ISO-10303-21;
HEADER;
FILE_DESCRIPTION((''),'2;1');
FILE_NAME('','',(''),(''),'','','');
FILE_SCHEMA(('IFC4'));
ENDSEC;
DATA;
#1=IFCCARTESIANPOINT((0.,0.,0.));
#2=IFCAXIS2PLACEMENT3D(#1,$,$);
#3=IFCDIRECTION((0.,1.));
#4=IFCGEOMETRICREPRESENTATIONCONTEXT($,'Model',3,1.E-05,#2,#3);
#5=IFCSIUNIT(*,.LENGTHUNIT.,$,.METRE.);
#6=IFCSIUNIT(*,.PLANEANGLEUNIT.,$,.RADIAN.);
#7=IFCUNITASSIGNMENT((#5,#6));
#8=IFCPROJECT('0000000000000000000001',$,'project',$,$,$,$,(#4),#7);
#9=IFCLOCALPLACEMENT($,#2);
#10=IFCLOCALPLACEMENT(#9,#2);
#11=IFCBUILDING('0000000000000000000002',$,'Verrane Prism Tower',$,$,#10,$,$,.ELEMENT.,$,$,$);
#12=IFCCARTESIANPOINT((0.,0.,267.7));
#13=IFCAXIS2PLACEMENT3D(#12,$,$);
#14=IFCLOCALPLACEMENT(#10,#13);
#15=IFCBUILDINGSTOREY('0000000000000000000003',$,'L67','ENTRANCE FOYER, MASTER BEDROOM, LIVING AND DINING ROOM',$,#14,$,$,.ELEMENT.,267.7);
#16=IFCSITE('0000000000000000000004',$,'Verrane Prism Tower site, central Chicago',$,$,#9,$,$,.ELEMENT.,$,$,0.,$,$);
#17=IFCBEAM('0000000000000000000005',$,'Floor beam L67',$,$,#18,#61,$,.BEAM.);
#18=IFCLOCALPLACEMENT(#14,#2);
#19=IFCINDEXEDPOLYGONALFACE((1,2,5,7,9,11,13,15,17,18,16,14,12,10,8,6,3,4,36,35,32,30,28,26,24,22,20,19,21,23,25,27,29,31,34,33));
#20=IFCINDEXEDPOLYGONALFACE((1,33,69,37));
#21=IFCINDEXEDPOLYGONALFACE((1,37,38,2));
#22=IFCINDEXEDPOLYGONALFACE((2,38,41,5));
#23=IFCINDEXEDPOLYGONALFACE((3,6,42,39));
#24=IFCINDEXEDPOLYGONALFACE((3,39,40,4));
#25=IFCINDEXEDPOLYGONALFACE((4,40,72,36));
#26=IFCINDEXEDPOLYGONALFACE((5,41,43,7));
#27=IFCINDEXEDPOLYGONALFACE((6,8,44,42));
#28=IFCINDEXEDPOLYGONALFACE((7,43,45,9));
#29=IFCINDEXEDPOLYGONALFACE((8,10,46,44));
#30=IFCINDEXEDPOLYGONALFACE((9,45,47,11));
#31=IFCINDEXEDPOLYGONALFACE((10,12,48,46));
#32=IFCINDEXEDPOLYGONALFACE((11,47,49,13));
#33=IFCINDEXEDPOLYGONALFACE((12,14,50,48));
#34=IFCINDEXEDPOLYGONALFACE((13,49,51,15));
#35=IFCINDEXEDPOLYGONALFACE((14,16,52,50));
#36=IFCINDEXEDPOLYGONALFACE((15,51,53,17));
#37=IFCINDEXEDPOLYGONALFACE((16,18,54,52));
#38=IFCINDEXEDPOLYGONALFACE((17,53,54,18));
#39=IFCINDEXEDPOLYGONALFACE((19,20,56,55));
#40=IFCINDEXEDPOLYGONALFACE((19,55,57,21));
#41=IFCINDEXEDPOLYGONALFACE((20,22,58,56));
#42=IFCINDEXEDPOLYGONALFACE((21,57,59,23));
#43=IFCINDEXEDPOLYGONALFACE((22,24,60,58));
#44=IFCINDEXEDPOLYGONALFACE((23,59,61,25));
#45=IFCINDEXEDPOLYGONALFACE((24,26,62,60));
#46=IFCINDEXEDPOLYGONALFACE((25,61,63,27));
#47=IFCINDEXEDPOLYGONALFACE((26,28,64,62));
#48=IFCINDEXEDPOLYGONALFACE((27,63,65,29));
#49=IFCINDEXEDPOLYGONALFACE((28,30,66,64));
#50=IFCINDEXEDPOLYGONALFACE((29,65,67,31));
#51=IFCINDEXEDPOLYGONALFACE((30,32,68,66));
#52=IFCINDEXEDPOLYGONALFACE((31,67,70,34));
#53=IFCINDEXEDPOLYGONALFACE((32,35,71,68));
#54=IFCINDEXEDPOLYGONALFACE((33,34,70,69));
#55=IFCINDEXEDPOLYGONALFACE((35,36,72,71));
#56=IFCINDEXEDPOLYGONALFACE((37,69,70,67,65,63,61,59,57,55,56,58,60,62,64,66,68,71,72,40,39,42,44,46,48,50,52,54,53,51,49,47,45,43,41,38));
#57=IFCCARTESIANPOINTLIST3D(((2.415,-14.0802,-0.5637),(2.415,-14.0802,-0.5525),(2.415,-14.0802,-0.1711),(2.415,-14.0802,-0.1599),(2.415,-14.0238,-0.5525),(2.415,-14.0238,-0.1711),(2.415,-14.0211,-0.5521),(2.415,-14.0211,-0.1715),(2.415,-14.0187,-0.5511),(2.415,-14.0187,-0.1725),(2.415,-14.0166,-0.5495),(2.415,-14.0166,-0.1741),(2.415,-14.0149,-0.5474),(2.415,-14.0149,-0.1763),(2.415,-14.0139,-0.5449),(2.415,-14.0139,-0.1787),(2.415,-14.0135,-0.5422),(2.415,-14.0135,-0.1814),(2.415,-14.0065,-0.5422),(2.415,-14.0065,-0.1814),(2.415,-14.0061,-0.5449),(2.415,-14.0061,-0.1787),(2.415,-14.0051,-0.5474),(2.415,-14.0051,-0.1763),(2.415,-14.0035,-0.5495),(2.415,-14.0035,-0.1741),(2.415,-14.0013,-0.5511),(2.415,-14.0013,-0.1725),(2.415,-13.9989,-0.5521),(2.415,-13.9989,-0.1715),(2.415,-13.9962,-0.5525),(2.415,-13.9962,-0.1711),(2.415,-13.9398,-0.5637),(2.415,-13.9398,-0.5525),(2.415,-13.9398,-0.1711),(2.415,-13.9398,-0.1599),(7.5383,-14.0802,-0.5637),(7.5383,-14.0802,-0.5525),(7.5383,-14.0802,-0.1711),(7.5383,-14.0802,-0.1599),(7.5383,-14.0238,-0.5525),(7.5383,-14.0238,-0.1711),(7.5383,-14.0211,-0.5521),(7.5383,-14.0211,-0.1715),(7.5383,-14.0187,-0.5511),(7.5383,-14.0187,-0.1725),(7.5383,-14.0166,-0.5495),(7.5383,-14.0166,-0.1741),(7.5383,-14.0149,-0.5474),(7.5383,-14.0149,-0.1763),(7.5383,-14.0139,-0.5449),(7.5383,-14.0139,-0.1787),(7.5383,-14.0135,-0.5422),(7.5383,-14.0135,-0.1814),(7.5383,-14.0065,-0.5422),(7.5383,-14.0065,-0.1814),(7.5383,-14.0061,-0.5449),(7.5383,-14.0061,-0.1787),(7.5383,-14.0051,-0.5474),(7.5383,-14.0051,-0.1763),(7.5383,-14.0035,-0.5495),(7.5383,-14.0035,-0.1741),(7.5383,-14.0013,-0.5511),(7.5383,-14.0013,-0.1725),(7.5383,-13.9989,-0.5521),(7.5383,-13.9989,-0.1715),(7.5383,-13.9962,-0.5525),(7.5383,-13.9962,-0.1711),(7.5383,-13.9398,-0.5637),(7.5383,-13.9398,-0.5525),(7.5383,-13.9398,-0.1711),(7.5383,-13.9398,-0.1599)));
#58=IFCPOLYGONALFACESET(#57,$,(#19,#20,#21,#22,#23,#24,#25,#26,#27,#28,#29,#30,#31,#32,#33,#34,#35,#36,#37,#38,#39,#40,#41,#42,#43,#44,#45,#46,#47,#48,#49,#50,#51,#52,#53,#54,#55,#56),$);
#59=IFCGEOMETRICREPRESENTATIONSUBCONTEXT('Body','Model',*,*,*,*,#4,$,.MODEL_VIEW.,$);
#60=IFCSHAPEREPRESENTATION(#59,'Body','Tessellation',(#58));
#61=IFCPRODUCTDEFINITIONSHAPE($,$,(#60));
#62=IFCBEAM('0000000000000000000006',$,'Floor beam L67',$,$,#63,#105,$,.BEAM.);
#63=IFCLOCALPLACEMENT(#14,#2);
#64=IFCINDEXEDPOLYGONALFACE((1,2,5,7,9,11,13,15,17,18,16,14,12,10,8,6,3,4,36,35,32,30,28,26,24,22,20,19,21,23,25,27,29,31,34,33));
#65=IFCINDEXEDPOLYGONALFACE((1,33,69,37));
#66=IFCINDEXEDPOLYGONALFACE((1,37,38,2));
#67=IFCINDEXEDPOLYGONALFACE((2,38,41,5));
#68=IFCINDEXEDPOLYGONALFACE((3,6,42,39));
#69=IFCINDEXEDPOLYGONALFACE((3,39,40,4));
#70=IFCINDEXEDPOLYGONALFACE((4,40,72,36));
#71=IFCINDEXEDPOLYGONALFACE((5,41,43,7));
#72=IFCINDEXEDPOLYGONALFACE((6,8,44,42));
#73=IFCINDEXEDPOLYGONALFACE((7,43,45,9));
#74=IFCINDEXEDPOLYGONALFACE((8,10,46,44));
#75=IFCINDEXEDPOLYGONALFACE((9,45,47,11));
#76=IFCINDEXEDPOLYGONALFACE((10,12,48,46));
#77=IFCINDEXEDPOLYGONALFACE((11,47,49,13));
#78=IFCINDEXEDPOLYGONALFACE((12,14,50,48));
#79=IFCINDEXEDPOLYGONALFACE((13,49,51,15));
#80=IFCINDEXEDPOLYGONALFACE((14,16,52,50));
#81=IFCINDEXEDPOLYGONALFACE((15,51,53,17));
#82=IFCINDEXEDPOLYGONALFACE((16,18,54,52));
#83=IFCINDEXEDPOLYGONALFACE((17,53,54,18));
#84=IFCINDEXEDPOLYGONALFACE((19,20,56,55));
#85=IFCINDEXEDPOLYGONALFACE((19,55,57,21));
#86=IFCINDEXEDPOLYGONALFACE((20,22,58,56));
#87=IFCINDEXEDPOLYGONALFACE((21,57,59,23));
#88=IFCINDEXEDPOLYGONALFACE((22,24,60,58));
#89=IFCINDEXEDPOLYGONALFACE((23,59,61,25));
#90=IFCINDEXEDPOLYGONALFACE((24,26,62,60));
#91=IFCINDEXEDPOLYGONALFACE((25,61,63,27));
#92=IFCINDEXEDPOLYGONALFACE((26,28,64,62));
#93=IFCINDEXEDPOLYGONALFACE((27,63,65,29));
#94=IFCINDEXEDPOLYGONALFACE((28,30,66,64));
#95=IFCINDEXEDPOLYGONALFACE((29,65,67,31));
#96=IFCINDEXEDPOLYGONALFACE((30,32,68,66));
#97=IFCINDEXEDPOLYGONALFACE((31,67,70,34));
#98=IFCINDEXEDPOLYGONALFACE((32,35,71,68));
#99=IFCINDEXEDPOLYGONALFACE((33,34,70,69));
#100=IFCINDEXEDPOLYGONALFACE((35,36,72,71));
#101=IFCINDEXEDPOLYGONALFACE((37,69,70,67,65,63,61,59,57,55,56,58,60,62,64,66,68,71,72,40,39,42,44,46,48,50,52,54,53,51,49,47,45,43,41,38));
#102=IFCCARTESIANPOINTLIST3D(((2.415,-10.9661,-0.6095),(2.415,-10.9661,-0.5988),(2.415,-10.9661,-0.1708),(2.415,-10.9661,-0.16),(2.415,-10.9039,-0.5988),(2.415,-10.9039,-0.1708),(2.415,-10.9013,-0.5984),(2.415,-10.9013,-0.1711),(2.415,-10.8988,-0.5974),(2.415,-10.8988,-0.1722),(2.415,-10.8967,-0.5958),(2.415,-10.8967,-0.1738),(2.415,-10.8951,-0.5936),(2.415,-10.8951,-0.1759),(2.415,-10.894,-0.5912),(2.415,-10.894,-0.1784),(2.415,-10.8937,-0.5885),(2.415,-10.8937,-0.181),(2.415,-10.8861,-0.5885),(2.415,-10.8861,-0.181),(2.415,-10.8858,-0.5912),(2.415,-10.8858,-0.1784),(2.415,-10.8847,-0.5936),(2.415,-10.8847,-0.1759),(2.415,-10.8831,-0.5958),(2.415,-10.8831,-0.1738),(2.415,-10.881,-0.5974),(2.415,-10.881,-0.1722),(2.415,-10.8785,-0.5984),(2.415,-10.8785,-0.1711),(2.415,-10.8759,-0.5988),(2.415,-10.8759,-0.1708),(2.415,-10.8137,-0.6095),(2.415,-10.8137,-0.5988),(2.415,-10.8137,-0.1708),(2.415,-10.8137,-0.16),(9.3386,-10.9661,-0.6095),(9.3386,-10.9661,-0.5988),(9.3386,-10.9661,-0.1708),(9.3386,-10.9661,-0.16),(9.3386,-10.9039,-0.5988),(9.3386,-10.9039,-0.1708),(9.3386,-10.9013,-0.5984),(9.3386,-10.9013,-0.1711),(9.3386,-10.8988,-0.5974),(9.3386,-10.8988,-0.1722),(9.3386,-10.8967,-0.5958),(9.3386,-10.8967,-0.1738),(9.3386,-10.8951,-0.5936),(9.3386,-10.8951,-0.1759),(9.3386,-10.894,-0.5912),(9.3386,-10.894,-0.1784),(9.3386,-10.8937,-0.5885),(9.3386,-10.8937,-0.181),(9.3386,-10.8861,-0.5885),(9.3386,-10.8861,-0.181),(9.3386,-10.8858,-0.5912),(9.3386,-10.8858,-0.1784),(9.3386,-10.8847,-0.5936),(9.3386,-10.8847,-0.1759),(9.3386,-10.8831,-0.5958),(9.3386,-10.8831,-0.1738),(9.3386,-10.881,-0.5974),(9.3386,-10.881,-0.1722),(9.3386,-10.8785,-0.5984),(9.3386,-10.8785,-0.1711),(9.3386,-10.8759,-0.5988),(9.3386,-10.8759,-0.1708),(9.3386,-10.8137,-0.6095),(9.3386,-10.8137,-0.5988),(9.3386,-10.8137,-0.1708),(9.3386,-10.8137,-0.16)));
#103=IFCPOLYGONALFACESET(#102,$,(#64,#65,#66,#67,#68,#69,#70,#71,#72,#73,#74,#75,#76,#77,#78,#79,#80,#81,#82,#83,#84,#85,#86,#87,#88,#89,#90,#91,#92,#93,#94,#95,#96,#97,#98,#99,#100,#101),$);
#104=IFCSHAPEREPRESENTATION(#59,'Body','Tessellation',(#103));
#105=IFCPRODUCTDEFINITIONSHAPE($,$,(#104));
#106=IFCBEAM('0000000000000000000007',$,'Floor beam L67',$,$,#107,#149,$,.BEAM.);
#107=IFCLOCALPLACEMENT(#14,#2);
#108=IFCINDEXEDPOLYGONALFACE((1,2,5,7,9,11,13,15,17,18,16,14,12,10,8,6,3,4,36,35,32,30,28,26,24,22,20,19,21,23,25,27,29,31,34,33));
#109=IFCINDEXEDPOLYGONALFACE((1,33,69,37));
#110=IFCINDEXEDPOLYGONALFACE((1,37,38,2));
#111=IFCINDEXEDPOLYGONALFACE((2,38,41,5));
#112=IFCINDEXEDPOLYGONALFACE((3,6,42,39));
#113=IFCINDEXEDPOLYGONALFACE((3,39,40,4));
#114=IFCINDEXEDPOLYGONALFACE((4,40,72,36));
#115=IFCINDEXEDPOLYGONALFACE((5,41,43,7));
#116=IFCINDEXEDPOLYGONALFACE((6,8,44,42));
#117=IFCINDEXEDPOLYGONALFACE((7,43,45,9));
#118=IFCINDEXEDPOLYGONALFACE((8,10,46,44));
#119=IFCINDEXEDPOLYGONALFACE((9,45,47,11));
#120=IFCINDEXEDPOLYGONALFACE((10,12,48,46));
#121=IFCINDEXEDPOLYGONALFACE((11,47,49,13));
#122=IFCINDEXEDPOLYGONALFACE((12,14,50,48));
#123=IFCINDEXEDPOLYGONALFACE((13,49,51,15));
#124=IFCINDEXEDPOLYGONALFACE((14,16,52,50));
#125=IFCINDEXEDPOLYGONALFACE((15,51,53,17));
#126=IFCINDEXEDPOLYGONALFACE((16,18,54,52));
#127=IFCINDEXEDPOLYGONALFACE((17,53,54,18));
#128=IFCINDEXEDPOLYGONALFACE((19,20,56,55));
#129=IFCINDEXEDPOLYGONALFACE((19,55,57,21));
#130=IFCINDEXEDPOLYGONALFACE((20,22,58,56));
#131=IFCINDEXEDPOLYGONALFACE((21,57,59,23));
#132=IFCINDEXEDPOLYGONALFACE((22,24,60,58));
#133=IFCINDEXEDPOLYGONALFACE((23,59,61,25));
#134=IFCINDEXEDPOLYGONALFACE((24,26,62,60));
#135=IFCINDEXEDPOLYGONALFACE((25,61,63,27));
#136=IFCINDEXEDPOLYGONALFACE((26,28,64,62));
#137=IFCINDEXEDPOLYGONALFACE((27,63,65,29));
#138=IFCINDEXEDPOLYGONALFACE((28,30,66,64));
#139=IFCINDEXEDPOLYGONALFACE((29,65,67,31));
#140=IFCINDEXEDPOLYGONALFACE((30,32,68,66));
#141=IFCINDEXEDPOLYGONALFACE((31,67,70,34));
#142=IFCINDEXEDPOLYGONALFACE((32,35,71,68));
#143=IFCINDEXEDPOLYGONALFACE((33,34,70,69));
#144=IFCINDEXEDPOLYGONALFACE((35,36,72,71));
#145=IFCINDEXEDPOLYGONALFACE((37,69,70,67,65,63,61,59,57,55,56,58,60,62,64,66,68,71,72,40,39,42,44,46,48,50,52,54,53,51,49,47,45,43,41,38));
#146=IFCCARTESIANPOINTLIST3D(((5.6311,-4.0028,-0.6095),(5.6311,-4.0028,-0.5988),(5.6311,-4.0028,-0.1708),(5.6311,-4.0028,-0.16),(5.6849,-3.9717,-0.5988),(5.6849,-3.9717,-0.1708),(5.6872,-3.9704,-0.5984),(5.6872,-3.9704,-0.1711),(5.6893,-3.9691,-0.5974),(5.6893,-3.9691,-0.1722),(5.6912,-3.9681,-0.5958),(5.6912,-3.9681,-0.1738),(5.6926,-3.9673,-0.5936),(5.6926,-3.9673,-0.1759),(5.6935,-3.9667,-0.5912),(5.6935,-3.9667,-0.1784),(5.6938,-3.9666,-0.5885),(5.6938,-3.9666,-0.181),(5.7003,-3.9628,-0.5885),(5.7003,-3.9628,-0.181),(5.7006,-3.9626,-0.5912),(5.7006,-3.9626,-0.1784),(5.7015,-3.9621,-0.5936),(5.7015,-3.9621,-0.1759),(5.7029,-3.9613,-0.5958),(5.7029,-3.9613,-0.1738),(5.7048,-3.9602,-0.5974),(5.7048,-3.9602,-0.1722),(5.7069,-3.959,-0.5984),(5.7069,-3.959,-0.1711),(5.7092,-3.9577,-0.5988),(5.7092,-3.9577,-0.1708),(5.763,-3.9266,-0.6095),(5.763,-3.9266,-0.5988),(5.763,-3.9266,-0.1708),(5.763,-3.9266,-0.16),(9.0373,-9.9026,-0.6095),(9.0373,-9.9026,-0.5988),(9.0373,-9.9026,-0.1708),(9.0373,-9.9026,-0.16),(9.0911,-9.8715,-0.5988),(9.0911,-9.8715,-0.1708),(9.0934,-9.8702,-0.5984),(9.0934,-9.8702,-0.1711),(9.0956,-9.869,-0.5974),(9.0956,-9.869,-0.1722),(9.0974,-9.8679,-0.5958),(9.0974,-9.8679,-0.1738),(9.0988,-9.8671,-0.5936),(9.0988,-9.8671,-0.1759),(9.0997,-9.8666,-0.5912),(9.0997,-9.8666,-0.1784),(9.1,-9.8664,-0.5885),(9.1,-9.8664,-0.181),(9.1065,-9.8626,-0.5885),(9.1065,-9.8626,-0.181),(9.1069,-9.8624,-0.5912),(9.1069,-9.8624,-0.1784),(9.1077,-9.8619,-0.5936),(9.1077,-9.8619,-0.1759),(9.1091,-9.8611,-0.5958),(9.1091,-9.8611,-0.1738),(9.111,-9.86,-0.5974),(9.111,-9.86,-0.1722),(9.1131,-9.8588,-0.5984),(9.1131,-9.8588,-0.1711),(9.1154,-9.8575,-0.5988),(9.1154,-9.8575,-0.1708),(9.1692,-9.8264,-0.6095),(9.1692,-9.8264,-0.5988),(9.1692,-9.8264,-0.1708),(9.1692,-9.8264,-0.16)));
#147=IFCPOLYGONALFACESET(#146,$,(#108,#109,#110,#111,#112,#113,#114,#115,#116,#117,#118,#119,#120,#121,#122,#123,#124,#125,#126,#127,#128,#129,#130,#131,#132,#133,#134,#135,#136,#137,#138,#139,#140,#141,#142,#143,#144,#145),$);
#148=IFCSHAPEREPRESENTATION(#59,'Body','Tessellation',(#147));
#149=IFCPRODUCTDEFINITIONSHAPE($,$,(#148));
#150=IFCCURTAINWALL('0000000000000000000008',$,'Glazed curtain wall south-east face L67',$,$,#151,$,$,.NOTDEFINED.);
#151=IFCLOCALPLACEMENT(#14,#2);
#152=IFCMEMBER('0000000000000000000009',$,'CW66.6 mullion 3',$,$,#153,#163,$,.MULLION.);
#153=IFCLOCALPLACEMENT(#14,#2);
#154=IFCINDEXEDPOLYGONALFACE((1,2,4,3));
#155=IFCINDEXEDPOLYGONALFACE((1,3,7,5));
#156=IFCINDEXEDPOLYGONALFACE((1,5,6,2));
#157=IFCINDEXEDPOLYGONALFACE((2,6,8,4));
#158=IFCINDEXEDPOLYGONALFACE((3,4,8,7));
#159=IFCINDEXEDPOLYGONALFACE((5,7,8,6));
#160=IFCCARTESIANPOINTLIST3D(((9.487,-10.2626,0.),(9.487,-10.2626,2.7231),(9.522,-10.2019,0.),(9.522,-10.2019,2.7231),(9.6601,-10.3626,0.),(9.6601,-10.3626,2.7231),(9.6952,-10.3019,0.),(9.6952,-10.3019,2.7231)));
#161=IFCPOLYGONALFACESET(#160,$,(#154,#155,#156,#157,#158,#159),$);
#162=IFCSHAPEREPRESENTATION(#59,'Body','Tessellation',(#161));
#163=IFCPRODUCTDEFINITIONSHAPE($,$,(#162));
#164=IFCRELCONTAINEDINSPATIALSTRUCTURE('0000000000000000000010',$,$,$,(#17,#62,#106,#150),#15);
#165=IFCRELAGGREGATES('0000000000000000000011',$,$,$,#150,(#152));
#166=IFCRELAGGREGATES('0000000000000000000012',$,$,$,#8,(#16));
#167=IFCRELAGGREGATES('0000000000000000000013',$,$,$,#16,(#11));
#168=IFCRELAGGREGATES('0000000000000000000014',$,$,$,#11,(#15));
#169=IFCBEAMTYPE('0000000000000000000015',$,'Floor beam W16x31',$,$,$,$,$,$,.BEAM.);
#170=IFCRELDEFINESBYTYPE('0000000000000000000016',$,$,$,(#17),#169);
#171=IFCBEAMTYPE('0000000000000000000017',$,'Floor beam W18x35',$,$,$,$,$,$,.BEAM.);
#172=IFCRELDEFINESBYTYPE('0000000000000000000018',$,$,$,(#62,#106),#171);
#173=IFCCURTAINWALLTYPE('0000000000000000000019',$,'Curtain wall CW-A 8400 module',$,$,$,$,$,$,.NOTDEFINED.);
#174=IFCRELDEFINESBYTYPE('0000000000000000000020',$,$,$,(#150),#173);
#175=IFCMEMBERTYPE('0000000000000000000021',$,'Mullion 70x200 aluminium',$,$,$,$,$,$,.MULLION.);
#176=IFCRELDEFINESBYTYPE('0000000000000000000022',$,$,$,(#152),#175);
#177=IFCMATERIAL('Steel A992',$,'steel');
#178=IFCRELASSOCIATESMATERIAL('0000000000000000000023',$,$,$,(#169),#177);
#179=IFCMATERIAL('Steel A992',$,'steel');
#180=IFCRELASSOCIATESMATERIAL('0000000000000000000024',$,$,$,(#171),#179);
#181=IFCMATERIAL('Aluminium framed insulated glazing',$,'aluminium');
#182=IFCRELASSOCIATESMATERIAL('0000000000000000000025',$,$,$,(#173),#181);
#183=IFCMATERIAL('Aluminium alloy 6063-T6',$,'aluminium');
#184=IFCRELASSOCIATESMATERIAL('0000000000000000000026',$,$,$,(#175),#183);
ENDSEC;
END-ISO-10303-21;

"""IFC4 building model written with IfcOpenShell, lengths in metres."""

from ifc_helpers import new_model, si_unit, direction, frame, origin, origin_2d, place, context, subcontext, project, spatial, rectangle, i_section, extrude, material, material_profile, profile_set, type_object, element, aggregate, save


model = new_model("IFC4")

# Units and contexts
model_context = context("Model", 3, precision=1e-05, world=origin(), true_north=direction((0.0, 1.0)))
body_context = subcontext(model_context, "Body", "Model", "MODEL_VIEW")
ifc_project = project(units=[si_unit("LENGTHUNIT", "METRE"), si_unit("PLANEANGLEUNIT", "RADIAN")], contexts=[model_context])

# Site, building, storey
site_placement = place(None, origin())
site = spatial("IfcSite", under=ifc_project, at=site_placement, Name="Verrane Prism Tower site, central Chicago", CompositionType="ELEMENT", RefElevation=0.0)
building_placement = place(site_placement, origin())
building = spatial("IfcBuilding", under=site, at=building_placement, Name="Verrane Prism Tower", CompositionType="ELEMENT")
storey_placement = place(building_placement, frame((0.0, 0.0, 267.7)))
storey = spatial("IfcBuildingStorey", under=building, at=storey_placement, Name="L67", Description="ENTRANCE FOYER, MASTER BEDROOM, LIVING AND DINING ROOM", CompositionType="ELEMENT", Elevation=267.7)

# Beams
ifc_material_1 = material(Name="Steel A992", Category="steel")
ifc_material_profile_1 = material_profile(ifc_material_1, i_section(OverallWidth=0.1404, OverallDepth=0.4038, WebThickness=0.0071, FlangeThickness=0.0112, FilletRadius=0.0103, at=origin_2d()), Name="W16x31")
ifc_profile_set_1 = profile_set([ifc_material_profile_1], Name="Steel A992")
beam_type_1 = type_object("IfcBeamType", Name="Floor beam W16x31", PredefinedType="BEAM", material=ifc_profile_set_1)
beam_1_placement = place(storey_placement, frame((2.415, -14.01, -0.3618), z_axis=(1.0, 0.0, 0.0), x_axis=(0.0, 1.0, 0.0)))
element("IfcBeam", 1, at=beam_1_placement, inside=storey, type_object=beam_type_1, Name="Floor beam L67", PredefinedType="BEAM", context=body_context, shape_type="SweptSolid", body=[
    extrude(i_section(OverallWidth=0.1404, OverallDepth=0.4038, WebThickness=0.0071, FlangeThickness=0.0112, FilletRadius=0.0103, at=origin_2d()), origin(), (0.0, 0.0, 1.0), 5.1233),
])
ifc_material_2 = material(Name="Steel A992", Category="steel")
ifc_material_profile_2 = material_profile(ifc_material_2, i_section(OverallWidth=0.1523, OverallDepth=0.4495, WebThickness=0.0076, FlangeThickness=0.0107, FilletRadius=0.0103, at=origin_2d()), Name="W18x35")
ifc_profile_set_2 = profile_set([ifc_material_profile_2], Name="Steel A992")
beam_type_2 = type_object("IfcBeamType", Name="Floor beam W18x35", PredefinedType="BEAM", material=ifc_profile_set_2)
beam_2_placement = place(storey_placement, frame((2.415, -10.8899, -0.3848), z_axis=(1.0, 0.0, 0.0), x_axis=(0.0, 1.0, 0.0)))
element("IfcBeam", 2, at=beam_2_placement, inside=storey, type_object=beam_type_2, Name="Floor beam L67", PredefinedType="BEAM", context=body_context, shape_type="SweptSolid", body=[
    extrude(i_section(OverallWidth=0.1523, OverallDepth=0.4495, WebThickness=0.0076, FlangeThickness=0.0107, FilletRadius=0.0103, at=origin_2d()), origin(), (0.0, 0.0, 1.0), 6.9236),
])
beam_3_placement = place(storey_placement, frame((9.1033, -9.8645, -0.3848), z_axis=(-0.499993, 0.866029, 0.0), x_axis=(-0.866029, -0.499993, 0.0)))
element("IfcBeam", 3, at=beam_3_placement, inside=storey, type_object=beam_type_2, Name="Floor beam L67", PredefinedType="BEAM", context=body_context, shape_type="SweptSolid", body=[
    extrude(i_section(OverallWidth=0.1523, OverallDepth=0.4495, WebThickness=0.0076, FlangeThickness=0.0107, FilletRadius=0.0103, at=origin_2d()), origin(), (0.0, 0.0, 1.0), 6.8125),
])

# Curtain wall, member
ifc_material_3 = material(Name="Aluminium framed insulated glazing", Category="aluminium")
curtain_wall_type = type_object("IfcCurtainWallType", Name="Curtain wall CW-A 8400 module", PredefinedType="NOTDEFINED", material=ifc_material_3)
curtain_wall_placement = place(storey_placement, origin())
curtain_wall = element("IfcCurtainWall", 4, at=curtain_wall_placement, inside=storey, type_object=curtain_wall_type, Name="Glazed curtain wall south-east face L67", PredefinedType="NOTDEFINED")
ifc_material_4 = material(Name="Aluminium alloy 6063-T6", Category="aluminium")
ifc_material_profile_3 = material_profile(ifc_material_4, rectangle(XDim=0.2, YDim=0.0701, at=origin_2d()), Name="Mullion 70x200 aluminium")
ifc_profile_set_3 = profile_set([ifc_material_profile_3], Name="Aluminium alloy 6063-T6")
member_type_1 = type_object("IfcMemberType", Name="Mullion 70x200 aluminium", PredefinedType="MULLION", material=ifc_profile_set_3)
member_1_placement = place(storey_placement, frame((9.5911, -10.2822, 0.0), z_axis=(0.0, 0.0, 1.0), x_axis=(-0.866025, 0.500001, 0.0)))
member_1 = element("IfcMember", 5, at=member_1_placement, type_object=member_type_1, Name="CW66.6 mullion 3", PredefinedType="MULLION", context=body_context, shape_type="SweptSolid", body=[
    extrude(rectangle(XDim=0.2, YDim=0.0701, at=origin_2d()), origin(), (0.0, 0.0, 1.0), 2.7231),
])

aggregate(curtain_wall, [member_1])

save(model, "model.ifc")
